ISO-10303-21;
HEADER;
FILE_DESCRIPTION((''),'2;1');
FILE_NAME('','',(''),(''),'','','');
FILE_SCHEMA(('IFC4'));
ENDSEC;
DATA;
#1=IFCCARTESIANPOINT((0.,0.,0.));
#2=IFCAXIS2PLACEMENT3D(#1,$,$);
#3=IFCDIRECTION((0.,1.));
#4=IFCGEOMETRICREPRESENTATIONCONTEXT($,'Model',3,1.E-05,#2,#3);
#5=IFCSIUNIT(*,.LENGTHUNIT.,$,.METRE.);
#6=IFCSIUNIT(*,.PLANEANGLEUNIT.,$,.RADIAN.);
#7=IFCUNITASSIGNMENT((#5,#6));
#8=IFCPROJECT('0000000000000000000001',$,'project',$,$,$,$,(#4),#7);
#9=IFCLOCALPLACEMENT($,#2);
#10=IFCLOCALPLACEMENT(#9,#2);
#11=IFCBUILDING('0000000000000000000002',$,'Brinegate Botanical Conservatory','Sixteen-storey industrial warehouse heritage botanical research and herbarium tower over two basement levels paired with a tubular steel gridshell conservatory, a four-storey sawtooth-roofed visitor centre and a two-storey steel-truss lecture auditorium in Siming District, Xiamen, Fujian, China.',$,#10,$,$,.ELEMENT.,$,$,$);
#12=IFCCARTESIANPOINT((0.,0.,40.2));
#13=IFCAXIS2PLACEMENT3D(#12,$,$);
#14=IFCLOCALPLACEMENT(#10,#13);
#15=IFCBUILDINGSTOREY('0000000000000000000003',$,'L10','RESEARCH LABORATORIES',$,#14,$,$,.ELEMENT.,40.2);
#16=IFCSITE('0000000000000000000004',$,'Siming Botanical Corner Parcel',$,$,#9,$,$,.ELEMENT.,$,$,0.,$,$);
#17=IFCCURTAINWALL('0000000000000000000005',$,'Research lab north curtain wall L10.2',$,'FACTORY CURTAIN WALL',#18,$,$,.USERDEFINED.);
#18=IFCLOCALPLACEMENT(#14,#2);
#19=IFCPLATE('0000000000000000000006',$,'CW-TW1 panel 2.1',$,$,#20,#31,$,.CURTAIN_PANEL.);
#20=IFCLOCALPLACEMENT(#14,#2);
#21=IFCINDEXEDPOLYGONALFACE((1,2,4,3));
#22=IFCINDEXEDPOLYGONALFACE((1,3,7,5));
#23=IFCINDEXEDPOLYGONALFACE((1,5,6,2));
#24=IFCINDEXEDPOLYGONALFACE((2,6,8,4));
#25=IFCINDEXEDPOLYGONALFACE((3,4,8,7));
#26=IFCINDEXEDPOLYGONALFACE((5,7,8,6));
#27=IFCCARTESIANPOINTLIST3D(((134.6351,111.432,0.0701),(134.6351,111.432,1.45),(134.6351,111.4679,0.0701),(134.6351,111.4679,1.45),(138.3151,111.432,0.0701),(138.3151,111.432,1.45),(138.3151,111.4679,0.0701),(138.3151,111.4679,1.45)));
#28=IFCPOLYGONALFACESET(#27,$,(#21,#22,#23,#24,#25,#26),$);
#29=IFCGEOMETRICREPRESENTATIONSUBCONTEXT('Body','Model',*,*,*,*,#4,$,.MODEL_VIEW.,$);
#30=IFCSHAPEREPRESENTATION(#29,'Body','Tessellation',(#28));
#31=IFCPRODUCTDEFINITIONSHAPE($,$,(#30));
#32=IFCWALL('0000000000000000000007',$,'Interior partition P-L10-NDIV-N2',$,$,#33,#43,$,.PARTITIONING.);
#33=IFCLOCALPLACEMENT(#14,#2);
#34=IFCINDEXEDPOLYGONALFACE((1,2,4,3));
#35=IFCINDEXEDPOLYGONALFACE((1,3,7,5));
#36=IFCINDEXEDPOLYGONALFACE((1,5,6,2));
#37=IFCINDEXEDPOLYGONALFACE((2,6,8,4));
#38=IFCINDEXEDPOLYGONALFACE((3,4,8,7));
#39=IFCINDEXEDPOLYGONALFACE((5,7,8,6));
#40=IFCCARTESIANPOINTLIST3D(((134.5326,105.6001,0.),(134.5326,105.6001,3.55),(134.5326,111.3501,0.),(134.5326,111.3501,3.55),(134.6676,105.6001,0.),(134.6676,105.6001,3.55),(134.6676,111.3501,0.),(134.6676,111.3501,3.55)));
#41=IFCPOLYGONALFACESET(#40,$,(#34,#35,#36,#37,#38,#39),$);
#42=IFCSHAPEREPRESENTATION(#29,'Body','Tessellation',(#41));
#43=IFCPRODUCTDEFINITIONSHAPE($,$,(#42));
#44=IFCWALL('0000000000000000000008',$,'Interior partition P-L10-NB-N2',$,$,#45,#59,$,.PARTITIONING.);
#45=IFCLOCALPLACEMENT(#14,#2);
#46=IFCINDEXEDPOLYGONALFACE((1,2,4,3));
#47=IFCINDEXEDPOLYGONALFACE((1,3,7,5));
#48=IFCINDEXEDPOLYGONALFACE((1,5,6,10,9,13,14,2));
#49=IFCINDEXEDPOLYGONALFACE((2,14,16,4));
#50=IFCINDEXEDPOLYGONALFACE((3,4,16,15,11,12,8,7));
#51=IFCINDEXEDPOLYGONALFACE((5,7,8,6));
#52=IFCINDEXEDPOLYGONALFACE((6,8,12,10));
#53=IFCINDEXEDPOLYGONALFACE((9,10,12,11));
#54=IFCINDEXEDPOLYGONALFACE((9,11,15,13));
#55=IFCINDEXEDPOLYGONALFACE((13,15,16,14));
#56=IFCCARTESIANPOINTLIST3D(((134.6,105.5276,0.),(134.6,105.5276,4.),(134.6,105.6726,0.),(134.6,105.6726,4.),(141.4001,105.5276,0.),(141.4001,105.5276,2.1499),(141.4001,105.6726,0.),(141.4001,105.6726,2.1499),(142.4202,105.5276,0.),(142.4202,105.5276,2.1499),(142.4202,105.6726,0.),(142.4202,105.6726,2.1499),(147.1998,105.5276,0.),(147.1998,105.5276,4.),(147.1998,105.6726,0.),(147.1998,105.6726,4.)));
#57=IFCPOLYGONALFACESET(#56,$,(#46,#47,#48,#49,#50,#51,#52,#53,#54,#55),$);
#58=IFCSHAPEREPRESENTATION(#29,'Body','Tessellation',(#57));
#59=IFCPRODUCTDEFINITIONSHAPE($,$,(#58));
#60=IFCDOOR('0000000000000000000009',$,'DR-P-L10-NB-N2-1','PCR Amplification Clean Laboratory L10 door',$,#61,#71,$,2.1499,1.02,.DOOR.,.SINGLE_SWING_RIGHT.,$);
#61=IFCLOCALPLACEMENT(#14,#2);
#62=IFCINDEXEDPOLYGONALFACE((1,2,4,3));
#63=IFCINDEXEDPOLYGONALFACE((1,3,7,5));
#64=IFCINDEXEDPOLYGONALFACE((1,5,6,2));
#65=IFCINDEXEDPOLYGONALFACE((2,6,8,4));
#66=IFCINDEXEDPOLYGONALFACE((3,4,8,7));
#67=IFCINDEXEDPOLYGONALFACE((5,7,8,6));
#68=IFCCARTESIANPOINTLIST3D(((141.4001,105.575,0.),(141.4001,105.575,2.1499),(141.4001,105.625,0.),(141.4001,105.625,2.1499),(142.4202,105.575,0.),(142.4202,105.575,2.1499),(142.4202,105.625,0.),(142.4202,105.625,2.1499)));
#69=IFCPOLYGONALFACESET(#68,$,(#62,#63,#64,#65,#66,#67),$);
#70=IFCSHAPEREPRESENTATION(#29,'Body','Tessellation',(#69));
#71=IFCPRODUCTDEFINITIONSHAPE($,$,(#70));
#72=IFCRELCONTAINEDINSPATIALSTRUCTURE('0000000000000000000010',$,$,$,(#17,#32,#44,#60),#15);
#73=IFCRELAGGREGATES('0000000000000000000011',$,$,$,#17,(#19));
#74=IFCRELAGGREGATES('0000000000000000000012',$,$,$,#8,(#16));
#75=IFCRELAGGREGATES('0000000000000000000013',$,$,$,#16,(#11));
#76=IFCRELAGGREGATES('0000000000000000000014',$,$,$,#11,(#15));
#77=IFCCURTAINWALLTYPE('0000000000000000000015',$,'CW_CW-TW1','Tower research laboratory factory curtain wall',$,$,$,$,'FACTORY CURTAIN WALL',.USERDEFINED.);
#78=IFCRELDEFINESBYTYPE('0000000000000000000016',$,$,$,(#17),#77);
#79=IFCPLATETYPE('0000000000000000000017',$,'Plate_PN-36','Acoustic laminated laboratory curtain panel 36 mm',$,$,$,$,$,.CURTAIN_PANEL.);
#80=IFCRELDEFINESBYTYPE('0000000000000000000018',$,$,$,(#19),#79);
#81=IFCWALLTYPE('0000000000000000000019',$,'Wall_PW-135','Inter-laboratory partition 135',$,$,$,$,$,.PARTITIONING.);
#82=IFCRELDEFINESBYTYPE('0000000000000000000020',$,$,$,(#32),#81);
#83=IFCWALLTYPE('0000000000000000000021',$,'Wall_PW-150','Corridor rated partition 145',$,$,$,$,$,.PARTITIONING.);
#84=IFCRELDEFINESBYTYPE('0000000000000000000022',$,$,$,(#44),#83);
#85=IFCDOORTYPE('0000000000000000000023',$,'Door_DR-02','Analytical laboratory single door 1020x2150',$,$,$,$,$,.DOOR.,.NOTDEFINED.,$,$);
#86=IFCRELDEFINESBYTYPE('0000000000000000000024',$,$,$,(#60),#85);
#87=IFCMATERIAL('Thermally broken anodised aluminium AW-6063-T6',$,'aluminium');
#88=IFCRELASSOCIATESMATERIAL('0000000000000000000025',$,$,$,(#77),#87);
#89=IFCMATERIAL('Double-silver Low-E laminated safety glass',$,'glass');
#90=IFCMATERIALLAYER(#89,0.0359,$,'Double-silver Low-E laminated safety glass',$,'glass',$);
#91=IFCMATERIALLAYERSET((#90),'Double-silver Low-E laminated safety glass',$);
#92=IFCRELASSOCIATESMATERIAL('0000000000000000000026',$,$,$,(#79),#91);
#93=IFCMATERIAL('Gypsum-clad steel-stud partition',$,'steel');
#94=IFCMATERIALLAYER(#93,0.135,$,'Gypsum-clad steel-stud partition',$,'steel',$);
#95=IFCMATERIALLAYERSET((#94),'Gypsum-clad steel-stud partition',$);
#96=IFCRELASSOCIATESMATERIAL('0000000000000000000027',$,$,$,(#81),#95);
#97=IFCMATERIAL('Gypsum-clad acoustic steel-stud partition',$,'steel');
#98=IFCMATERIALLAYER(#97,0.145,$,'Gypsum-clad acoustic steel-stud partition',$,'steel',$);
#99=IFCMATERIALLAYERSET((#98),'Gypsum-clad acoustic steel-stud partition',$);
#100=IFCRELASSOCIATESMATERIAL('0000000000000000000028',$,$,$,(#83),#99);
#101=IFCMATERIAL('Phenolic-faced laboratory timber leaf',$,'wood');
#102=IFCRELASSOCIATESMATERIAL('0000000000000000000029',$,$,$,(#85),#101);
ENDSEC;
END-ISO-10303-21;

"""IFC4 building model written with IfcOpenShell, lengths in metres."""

from ifc_helpers import new_model, si_unit, direction, frame, frame_2d, origin, origin_2d, place, context, subcontext, project, spatial, rectangle, extrude, material, layer, layer_set, type_object, element, fill, aggregate, save


model = new_model("IFC4")

# Units and contexts
model_context = context("Model", 3, precision=1e-05, world=origin(), true_north=direction((0.0, 1.0)))
body_context = subcontext(model_context, "Body", "Model", "MODEL_VIEW")
ifc_project = project(units=[si_unit("LENGTHUNIT", "METRE"), si_unit("PLANEANGLEUNIT", "RADIAN")], contexts=[model_context])

# Site, building, storey
site_placement = place(None, origin())
site = spatial("IfcSite", under=ifc_project, at=site_placement, Name="Siming Botanical Corner Parcel", CompositionType="ELEMENT", RefElevation=0.0)
building_placement = place(site_placement, origin())
building = spatial("IfcBuilding", under=site, at=building_placement, Name="Brinegate Botanical Conservatory", Description="Sixteen-storey industrial warehouse heritage botanical research and herbarium tower over two basement levels paired with a tubular steel gridshell conservatory, a four-storey sawtooth-roofed visitor centre and a two-storey steel-truss lecture auditorium in Siming District, Xiamen, Fujian, China.", CompositionType="ELEMENT")
storey_placement = place(building_placement, frame((0.0, 0.0, 40.2)))
storey = spatial("IfcBuildingStorey", under=building, at=storey_placement, Name="L10", Description="RESEARCH LABORATORIES", CompositionType="ELEMENT", Elevation=40.2)

# Curtain wall, plate
ifc_material_1 = material(Name="Thermally broken anodised aluminium AW-6063-T6", Category="aluminium")
curtain_wall_type = type_object("IfcCurtainWallType", Name="CW_CW-TW1", Description="Tower research laboratory factory curtain wall", ElementType="FACTORY CURTAIN WALL", PredefinedType="USERDEFINED", material=ifc_material_1)
curtain_wall_placement = place(storey_placement, origin())
curtain_wall = element("IfcCurtainWall", 1, at=curtain_wall_placement, inside=storey, type_object=curtain_wall_type, Name="Research lab north curtain wall L10.2", ObjectType="FACTORY CURTAIN WALL", PredefinedType="USERDEFINED")
ifc_material_2 = material(Name="Double-silver Low-E laminated safety glass", Category="glass")
ifc_layer_1 = layer(ifc_material_2, 0.0359, Name="Double-silver Low-E laminated safety glass", Category="glass")
ifc_layer_set_1 = layer_set([ifc_layer_1], Name="Double-silver Low-E laminated safety glass")
plate_type = type_object("IfcPlateType", Name="Plate_PN-36", Description="Acoustic laminated laboratory curtain panel 36 mm", PredefinedType="CURTAIN_PANEL", material=ifc_layer_set_1)
plate_1_placement = place(storey_placement, frame((136.4751, 111.45, 0.0701), z_axis=(0.0, 0.0, 1.0), x_axis=(1.0, 0.0, 0.0)))
plate_1 = element("IfcPlate", 2, at=plate_1_placement, type_object=plate_type, Name="CW-TW1 panel 2.1", PredefinedType="CURTAIN_PANEL", context=body_context, shape_type="SweptSolid", body=[
    extrude(rectangle(XDim=3.6799, YDim=0.0359, at=origin_2d()), origin(), (0.0, 0.0, 1.0), 1.3799),
])
aggregate(curtain_wall, [plate_1])

# Wall
ifc_material_3 = material(Name="Gypsum-clad steel-stud partition", Category="steel")
ifc_layer_2 = layer(ifc_material_3, 0.135, Name="Gypsum-clad steel-stud partition", Category="steel")
ifc_layer_set_2 = layer_set([ifc_layer_2], Name="Gypsum-clad steel-stud partition")
wall_type_1 = type_object("IfcWallType", Name="Wall_PW-135", Description="Inter-laboratory partition 135", PredefinedType="PARTITIONING", material=ifc_layer_set_2)
wall_1_placement = place(storey_placement, frame((134.6001, 105.6001, 0.0), z_axis=(0.0, 0.0, 1.0), x_axis=(0.0, 1.0, 0.0)))
element("IfcWall", 3, at=wall_1_placement, inside=storey, type_object=wall_type_1, Name="Interior partition P-L10-NDIV-N2", PredefinedType="PARTITIONING", context=body_context, shape_type="SweptSolid", body=[
    extrude(rectangle(XDim=5.75, YDim=0.135, at=frame_2d((2.875, 0.0))), origin(), (0.0, 0.0, 1.0), 3.55),
])

# Wall, opening, door
ifc_material_4 = material(Name="Gypsum-clad acoustic steel-stud partition", Category="steel")
ifc_layer_3 = layer(ifc_material_4, 0.145, Name="Gypsum-clad acoustic steel-stud partition", Category="steel")
ifc_layer_set_3 = layer_set([ifc_layer_3], Name="Gypsum-clad acoustic steel-stud partition")
wall_type_2 = type_object("IfcWallType", Name="Wall_PW-150", Description="Corridor rated partition 145", PredefinedType="PARTITIONING", material=ifc_layer_set_3)
wall_2_placement = place(storey_placement, frame((134.6001, 105.6001, 0.0), z_axis=(0.0, 0.0, 1.0), x_axis=(1.0, 0.0, 0.0)))
wall_2 = element("IfcWall", 4, at=wall_2_placement, inside=storey, type_object=wall_type_2, Name="Interior partition P-L10-NB-N2", PredefinedType="PARTITIONING", context=body_context, shape_type="SweptSolid", body=[
    extrude(rectangle(XDim=12.5999, YDim=0.145, at=frame_2d((6.2998, 0.0))), origin(), (0.0, 0.0, 1.0), 4.0),
])
opening_placement = place(wall_2_placement, frame((6.8, 0.0, 0.0)))
opening = element("IfcOpeningElement", 5, at=opening_placement, cuts=wall_2, PredefinedType="OPENING", context=body_context, shape_type="SweptSolid", body=[
    extrude(rectangle(XDim=1.02, YDim=2.1499, at=frame_2d((0.51, 1.075))), frame((0.0, 0.0825, 0.0), z_axis=(0.0, -1.0, 0.0), x_axis=(1.0, 0.0, 0.0)), (0.0, 0.0, 1.0), 0.165),
])
ifc_material_5 = material(Name="Phenolic-faced laboratory timber leaf", Category="wood")
door_type = type_object("IfcDoorType", Name="Door_DR-02", Description="Analytical laboratory single door 1020x2150", OperationType="NOTDEFINED", PredefinedType="DOOR", material=ifc_material_5)
door_placement = place(opening_placement, origin())
door = element("IfcDoor", 6, at=door_placement, inside=storey, type_object=door_type, Name="DR-P-L10-NB-N2-1", Description="PCR Amplification Clean Laboratory L10 door", OperationType="SINGLE_SWING_RIGHT", OverallHeight=2.1499, OverallWidth=1.02, PredefinedType="DOOR", context=body_context, shape_type="SweptSolid", body=[
    extrude(rectangle(XDim=1.02, YDim=2.1499, at=frame_2d((0.51, 1.075))), frame((0.0, 0.0249, 0.0), z_axis=(0.0, -1.0, 0.0), x_axis=(1.0, 0.0, 0.0)), (0.0, 0.0, 1.0), 0.05),
])
fill(opening, door)

save(model, "model.ifc")
